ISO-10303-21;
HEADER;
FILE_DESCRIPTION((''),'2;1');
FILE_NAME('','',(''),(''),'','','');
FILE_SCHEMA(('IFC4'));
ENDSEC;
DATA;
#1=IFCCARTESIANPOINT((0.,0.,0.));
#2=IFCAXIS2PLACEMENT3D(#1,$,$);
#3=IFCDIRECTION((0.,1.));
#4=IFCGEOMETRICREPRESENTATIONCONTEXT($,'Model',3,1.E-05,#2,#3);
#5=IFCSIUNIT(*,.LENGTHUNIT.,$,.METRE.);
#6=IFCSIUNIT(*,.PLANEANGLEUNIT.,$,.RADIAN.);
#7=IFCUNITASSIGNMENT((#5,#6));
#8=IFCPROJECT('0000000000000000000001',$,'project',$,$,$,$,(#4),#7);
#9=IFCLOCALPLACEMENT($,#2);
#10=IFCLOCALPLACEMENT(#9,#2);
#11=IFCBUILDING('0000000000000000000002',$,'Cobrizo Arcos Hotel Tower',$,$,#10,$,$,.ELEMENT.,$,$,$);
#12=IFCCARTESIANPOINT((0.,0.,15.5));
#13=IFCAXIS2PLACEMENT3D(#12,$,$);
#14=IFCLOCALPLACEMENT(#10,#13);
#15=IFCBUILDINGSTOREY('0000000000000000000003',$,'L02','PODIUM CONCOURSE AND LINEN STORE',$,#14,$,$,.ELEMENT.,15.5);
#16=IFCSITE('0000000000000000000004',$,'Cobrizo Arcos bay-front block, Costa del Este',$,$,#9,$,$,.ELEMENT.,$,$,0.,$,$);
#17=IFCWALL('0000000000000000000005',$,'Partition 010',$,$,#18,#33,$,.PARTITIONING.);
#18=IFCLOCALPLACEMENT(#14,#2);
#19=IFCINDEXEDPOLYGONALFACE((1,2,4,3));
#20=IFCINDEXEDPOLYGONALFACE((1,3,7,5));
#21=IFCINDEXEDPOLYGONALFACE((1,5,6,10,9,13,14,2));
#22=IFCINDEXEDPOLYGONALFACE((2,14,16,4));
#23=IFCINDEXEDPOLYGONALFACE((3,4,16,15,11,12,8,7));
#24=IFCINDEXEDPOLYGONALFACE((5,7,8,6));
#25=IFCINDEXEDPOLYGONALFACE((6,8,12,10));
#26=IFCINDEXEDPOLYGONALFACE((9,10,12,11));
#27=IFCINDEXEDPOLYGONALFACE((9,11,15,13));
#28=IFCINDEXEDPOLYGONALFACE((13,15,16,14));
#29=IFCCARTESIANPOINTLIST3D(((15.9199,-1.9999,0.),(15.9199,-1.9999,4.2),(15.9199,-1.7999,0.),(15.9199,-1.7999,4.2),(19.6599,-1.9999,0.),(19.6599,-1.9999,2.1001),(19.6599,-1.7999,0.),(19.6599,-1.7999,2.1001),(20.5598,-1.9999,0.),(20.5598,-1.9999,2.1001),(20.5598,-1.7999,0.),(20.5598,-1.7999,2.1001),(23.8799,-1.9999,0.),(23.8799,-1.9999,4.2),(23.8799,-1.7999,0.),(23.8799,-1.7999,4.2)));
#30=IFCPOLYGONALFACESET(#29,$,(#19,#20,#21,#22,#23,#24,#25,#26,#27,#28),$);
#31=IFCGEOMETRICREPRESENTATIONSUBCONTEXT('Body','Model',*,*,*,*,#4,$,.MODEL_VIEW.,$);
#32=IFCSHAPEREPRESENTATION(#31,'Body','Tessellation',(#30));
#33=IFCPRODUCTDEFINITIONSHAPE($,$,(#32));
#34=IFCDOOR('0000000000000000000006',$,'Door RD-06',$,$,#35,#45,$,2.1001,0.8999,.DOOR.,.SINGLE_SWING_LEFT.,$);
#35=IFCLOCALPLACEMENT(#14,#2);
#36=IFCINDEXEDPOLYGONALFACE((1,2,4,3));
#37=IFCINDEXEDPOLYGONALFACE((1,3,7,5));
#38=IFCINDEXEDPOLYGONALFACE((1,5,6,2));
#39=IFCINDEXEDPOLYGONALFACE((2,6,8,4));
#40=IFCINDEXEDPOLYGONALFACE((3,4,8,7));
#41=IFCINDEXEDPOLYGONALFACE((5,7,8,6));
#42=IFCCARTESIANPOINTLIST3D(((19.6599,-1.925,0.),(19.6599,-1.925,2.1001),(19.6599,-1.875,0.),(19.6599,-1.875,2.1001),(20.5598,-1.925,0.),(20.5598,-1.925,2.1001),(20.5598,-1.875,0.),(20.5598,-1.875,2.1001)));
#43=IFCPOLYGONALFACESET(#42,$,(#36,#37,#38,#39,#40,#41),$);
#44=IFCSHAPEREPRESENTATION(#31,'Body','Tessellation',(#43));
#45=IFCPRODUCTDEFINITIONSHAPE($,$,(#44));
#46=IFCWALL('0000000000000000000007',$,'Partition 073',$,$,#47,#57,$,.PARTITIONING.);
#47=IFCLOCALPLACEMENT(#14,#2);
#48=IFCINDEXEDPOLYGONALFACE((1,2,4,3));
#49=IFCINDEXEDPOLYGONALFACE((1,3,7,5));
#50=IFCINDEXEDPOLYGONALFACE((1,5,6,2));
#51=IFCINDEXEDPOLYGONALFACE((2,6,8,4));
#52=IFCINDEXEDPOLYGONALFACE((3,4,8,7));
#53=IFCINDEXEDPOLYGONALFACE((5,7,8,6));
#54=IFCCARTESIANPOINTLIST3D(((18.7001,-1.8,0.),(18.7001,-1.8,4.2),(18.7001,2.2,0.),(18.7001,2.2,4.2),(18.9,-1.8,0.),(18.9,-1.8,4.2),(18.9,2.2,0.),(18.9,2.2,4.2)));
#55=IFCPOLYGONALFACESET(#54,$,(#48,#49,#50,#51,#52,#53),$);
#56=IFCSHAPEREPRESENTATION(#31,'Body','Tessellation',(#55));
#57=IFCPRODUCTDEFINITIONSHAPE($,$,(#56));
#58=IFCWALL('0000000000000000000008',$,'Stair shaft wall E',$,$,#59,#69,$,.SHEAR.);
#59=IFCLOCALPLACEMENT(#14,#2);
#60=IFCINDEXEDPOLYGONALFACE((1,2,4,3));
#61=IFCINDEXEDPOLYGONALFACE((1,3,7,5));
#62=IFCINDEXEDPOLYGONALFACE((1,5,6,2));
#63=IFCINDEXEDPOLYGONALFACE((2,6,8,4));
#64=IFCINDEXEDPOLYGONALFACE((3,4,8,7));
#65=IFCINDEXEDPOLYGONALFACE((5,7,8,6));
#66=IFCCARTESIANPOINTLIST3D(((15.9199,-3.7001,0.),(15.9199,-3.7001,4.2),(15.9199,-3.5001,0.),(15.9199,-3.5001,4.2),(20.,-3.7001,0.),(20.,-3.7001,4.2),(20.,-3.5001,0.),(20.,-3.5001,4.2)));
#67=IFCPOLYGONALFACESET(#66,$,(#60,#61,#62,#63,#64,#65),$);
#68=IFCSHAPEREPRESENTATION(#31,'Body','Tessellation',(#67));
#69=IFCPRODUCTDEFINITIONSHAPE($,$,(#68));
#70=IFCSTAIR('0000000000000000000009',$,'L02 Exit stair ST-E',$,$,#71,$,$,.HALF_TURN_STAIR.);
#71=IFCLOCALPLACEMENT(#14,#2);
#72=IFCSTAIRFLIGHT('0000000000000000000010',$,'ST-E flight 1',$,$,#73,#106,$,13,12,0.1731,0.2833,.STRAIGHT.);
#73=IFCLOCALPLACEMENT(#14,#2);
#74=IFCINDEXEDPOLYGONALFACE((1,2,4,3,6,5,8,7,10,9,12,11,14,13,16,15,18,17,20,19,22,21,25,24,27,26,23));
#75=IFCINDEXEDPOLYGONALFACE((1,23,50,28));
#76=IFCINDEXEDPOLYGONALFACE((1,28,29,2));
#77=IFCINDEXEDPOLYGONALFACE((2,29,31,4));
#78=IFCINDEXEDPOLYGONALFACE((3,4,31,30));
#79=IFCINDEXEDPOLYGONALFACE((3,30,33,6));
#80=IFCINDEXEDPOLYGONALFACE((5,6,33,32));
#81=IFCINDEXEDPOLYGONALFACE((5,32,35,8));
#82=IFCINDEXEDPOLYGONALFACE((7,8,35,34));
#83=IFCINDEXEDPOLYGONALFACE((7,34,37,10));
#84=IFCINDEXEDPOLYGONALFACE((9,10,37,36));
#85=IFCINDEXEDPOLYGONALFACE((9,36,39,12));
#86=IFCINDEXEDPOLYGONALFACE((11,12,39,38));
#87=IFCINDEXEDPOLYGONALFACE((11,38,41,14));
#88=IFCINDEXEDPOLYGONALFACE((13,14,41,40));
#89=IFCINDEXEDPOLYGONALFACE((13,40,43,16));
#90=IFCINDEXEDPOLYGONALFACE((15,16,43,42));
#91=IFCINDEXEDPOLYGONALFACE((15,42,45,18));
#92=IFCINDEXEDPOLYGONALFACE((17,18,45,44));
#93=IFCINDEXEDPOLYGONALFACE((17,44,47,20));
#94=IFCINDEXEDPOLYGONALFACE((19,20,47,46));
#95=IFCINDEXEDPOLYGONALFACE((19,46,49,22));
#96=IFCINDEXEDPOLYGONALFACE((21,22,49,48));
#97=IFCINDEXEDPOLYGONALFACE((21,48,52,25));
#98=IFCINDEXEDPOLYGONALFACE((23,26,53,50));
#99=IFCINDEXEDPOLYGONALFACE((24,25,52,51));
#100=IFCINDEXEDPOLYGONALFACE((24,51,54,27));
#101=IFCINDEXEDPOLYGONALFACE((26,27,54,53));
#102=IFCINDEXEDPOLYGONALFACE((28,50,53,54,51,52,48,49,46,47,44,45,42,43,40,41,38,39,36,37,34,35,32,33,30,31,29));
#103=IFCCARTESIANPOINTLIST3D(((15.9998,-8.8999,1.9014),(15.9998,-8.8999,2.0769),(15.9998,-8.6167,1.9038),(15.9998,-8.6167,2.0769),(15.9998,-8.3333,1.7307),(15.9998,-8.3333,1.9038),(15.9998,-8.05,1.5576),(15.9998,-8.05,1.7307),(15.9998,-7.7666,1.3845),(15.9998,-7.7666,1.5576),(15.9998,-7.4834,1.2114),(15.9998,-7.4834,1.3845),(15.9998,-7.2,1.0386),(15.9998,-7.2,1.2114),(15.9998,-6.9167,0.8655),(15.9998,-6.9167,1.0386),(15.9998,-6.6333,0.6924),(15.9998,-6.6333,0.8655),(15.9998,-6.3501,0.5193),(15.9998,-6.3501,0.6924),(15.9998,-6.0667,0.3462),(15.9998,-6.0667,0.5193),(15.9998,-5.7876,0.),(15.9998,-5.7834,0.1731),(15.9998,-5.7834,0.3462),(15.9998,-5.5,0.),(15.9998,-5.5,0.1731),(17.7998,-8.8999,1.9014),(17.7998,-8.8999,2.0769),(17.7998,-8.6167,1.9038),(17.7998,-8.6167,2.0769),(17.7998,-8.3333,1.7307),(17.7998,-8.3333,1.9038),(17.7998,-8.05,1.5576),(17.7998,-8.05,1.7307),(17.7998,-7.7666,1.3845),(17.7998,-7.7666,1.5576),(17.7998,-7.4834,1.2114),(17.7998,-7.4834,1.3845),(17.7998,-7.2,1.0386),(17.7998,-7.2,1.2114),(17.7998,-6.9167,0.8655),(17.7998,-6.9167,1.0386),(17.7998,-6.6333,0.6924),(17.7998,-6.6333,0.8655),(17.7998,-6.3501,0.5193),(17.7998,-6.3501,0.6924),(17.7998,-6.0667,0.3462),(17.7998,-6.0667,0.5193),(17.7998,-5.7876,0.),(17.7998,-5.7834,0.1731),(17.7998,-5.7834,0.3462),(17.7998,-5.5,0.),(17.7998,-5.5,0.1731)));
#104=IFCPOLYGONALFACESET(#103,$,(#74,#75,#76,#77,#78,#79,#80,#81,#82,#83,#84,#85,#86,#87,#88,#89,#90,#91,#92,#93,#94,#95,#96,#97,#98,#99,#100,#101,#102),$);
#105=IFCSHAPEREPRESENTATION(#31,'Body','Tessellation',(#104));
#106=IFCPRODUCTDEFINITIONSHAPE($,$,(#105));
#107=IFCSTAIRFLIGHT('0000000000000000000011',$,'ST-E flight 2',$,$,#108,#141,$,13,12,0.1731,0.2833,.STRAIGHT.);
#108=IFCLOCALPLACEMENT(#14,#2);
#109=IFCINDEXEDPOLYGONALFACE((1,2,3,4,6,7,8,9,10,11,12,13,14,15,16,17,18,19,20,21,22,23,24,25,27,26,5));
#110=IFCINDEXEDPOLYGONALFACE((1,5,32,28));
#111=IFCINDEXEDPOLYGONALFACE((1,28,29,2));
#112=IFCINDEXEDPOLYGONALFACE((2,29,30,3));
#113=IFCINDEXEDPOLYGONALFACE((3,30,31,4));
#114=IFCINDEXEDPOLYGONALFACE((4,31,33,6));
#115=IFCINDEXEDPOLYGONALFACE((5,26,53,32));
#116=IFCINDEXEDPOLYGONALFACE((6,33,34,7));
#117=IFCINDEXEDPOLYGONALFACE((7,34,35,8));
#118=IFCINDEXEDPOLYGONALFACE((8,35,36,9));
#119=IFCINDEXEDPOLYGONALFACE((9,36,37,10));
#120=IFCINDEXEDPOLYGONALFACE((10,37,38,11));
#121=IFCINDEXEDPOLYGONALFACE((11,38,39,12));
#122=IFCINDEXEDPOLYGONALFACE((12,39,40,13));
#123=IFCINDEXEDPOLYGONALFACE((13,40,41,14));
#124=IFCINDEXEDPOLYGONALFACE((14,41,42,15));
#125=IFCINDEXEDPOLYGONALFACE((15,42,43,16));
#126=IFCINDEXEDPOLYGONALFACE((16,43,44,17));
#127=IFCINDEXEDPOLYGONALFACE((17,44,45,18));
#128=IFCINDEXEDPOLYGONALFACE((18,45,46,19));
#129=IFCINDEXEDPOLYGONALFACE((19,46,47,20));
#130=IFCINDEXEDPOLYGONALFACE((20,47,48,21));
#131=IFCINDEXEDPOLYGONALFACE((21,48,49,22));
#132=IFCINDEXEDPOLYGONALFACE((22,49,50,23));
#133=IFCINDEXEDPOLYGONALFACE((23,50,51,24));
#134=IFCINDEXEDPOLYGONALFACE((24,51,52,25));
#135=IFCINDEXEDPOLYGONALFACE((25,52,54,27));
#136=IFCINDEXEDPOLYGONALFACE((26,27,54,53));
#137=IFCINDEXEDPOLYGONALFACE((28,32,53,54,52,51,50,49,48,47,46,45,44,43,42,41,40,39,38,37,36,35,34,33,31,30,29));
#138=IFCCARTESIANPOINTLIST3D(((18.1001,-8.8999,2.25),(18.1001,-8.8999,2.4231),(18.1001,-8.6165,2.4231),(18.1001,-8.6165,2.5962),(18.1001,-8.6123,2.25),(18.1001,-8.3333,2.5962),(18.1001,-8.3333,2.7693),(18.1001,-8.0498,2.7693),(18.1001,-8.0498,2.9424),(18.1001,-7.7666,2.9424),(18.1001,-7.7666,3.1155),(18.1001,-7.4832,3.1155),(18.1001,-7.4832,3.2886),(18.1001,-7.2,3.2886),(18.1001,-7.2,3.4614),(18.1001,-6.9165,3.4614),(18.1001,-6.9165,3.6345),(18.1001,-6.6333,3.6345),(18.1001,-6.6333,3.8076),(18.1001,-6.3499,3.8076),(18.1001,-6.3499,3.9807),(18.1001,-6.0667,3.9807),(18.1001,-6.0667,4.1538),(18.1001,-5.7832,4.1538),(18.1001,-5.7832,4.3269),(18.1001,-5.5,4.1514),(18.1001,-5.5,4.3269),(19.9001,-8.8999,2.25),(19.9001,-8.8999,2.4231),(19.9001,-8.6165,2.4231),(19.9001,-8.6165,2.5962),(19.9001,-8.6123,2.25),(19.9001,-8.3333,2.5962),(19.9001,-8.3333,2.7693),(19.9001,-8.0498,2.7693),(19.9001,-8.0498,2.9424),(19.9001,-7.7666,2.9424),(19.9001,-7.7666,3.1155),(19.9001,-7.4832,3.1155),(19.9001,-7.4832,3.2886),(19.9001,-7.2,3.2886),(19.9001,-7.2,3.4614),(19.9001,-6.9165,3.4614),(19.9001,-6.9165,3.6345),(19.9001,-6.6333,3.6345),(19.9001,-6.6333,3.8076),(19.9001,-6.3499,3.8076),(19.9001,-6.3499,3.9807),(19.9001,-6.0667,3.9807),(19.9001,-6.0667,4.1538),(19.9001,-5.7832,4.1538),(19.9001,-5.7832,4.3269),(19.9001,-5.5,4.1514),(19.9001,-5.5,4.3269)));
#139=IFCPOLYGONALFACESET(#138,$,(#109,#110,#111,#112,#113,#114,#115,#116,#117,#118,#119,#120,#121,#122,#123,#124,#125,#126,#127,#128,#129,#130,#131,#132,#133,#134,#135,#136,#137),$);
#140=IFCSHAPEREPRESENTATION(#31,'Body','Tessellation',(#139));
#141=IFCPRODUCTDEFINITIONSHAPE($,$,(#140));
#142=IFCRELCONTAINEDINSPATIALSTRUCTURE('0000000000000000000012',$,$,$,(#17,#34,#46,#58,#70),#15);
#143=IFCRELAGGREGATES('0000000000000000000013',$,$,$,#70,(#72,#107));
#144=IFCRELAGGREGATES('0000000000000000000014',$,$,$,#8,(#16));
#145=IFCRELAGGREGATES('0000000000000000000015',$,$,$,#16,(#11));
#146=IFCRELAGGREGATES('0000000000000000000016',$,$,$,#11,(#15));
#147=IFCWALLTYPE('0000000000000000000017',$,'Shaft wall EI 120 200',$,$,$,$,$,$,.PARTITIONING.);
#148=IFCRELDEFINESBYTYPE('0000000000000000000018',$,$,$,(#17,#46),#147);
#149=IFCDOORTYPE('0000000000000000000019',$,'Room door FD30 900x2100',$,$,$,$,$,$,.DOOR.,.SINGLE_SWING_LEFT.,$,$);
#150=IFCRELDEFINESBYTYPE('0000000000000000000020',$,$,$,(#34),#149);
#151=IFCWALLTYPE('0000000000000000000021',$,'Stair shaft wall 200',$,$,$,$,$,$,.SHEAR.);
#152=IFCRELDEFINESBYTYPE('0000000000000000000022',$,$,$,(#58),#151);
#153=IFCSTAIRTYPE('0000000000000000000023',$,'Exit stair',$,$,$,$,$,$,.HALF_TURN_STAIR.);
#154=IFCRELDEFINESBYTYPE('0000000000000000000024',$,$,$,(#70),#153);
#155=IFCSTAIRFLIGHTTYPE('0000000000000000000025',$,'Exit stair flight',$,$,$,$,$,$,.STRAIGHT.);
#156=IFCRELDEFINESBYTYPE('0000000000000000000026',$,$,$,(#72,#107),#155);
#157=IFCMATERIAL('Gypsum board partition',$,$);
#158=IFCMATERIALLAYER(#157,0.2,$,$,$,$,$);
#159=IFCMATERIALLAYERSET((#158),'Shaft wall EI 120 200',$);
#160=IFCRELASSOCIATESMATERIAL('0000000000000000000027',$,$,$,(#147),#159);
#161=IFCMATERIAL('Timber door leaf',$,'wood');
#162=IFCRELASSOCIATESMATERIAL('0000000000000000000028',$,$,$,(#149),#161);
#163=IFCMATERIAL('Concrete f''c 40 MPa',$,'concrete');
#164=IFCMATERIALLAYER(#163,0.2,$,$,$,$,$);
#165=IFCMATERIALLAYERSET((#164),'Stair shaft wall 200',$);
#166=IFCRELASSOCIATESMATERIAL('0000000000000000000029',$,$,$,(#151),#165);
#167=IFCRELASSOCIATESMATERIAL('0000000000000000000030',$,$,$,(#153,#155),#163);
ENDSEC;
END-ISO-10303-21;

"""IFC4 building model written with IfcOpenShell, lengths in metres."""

from ifc_helpers import new_model, si_unit, direction, frame, frame_2d, origin, place, context, subcontext, project, spatial, polyline, rectangle, outline, extrude, material, layer, layer_set, type_object, element, fill, aggregate, save


model = new_model("IFC4")

# Units and contexts
model_context = context("Model", 3, precision=1e-05, world=origin(), true_north=direction((0.0, 1.0)))
body_context = subcontext(model_context, "Body", "Model", "MODEL_VIEW")
ifc_project = project(units=[si_unit("LENGTHUNIT", "METRE"), si_unit("PLANEANGLEUNIT", "RADIAN")], contexts=[model_context])

# Site, building, storey
site_placement = place(None, origin())
site = spatial("IfcSite", under=ifc_project, at=site_placement, Name="Cobrizo Arcos bay-front block, Costa del Este", CompositionType="ELEMENT", RefElevation=0.0)
building_placement = place(site_placement, origin())
building = spatial("IfcBuilding", under=site, at=building_placement, Name="Cobrizo Arcos Hotel Tower", CompositionType="ELEMENT")
storey_placement = place(building_placement, frame((0.0, 0.0, 15.5)))
storey = spatial("IfcBuildingStorey", under=building, at=storey_placement, Name="L02", Description="PODIUM CONCOURSE AND LINEN STORE", CompositionType="ELEMENT", Elevation=15.5)

# Wall, opening, door
ifc_material_1 = material(Name="Gypsum board partition")
ifc_layer_1 = layer(ifc_material_1, 0.2)
ifc_layer_set_1 = layer_set([ifc_layer_1], Name="Shaft wall EI 120 200")
wall_type_1 = type_object("IfcWallType", Name="Shaft wall EI 120 200", PredefinedType="PARTITIONING", material=ifc_layer_set_1)
wall_1_placement = place(storey_placement, frame((15.9199, -1.8999, 0.0), z_axis=(0.0, 0.0, 1.0), x_axis=(1.0, 0.0, 0.0)))
wall_1 = element("IfcWall", 1, at=wall_1_placement, inside=storey, type_object=wall_type_1, Name="Partition 010", PredefinedType="PARTITIONING", context=body_context, shape_type="SweptSolid", body=[
    extrude(rectangle(XDim=7.96, YDim=0.2, at=frame_2d((3.98, 0.0))), origin(), (0.0, 0.0, 1.0), 4.2),
])
opening_1_placement = place(wall_1_placement, frame((3.74, 0.0, 0.0)))
opening_1 = element("IfcOpeningElement", 2, at=opening_1_placement, cuts=wall_1, PredefinedType="OPENING", context=body_context, shape_type="SweptSolid", body=[
    extrude(rectangle(XDim=0.8999, YDim=2.1001, at=frame_2d((0.45, 1.05))), frame((0.0, 0.1121, 0.0), z_axis=(0.0, -1.0, 0.0), x_axis=(1.0, 0.0, 0.0)), (0.0, 0.0, 1.0), 0.2239),
])
ifc_material_2 = material(Name="Timber door leaf", Category="wood")
door_type_1 = type_object("IfcDoorType", Name="Room door FD30 900x2100", OperationType="SINGLE_SWING_LEFT", PredefinedType="DOOR", material=ifc_material_2)
door_1_placement = place(opening_1_placement, origin())
door_1 = element("IfcDoor", 3, at=door_1_placement, inside=storey, type_object=door_type_1, Name="Door RD-06", OperationType="SINGLE_SWING_LEFT", OverallHeight=2.1001, OverallWidth=0.8999, PredefinedType="DOOR", context=body_context, shape_type="SweptSolid", body=[
    extrude(rectangle(XDim=0.8999, YDim=2.1001, at=frame_2d((0.45, 1.05))), frame((0.0, 0.0249, 0.0), z_axis=(0.0, -1.0, 0.0), x_axis=(1.0, 0.0, 0.0)), (0.0, 0.0, 1.0), 0.05),
])
fill(opening_1, door_1)

# Walls
wall_2_placement = place(storey_placement, frame((18.8, -1.8, 0.0), z_axis=(0.0, 0.0, 1.0), x_axis=(0.0, 1.0, 0.0)))
element("IfcWall", 4, at=wall_2_placement, inside=storey, type_object=wall_type_1, Name="Partition 073", PredefinedType="PARTITIONING", context=body_context, shape_type="SweptSolid", body=[
    extrude(rectangle(XDim=4.0, YDim=0.2, at=frame_2d((2.0, 0.0))), origin(), (0.0, 0.0, 1.0), 4.2),
])
ifc_material_3 = material(Name="Concrete f'c 40 MPa", Category="concrete")
ifc_layer_2 = layer(ifc_material_3, 0.2)
ifc_layer_set_2 = layer_set([ifc_layer_2], Name="Stair shaft wall 200")
wall_type_2 = type_object("IfcWallType", Name="Stair shaft wall 200", PredefinedType="SHEAR", material=ifc_layer_set_2)
wall_3_placement = place(storey_placement, frame((15.9199, -3.6001, 0.0), z_axis=(0.0, 0.0, 1.0), x_axis=(1.0, 0.0, 0.0)))
element("IfcWall", 5, at=wall_3_placement, inside=storey, type_object=wall_type_2, Name="Stair shaft wall E", PredefinedType="SHEAR", context=body_context, shape_type="SweptSolid", body=[
    extrude(rectangle(XDim=4.0801, YDim=0.2, at=frame_2d((2.04, 0.0))), origin(), (0.0, 0.0, 1.0), 4.2),
])

# Stair, stair flights
stair_type = type_object("IfcStairType", Name="Exit stair", PredefinedType="HALF_TURN_STAIR", material=ifc_material_3)
stair_placement = place(storey_placement, origin())
stair = element("IfcStair", 6, at=stair_placement, inside=storey, type_object=stair_type, Name="L02 Exit stair ST-E", PredefinedType="HALF_TURN_STAIR")
stair_flight_type = type_object("IfcStairFlightType", Name="Exit stair flight", PredefinedType="STRAIGHT", material=ifc_material_3)
stair_flight_1_placement = place(storey_placement, frame((16.8999, -5.5, 0.0), z_axis=(0.0, 0.0, 1.0), x_axis=(0.0, -1.0, 0.0)))
stair_flight_1 = element("IfcStairFlight", 7, at=stair_flight_1_placement, type_object=stair_flight_type, Name="ST-E flight 1", NumberOfRisers=13, NumberOfTreads=12, PredefinedType="STRAIGHT", RiserHeight=0.1731, TreadLength=0.2833, context=body_context, shape_type="SweptSolid", body=[
    extrude(outline(polyline([(0.0, 0.0), (0.0, 0.1731), (0.2834, 0.1731), (0.2834, 0.3462), (0.5667, 0.3462), (0.5667, 0.5193), (0.8501, 0.5193), (0.8501, 0.6924), (1.1333, 0.6924), (1.1333, 0.8655), (1.4167, 0.8655), (1.4167, 1.0386), (1.7, 1.0386), (1.7, 1.2114), (1.9834, 1.2114), (1.9834, 1.3845), (2.2666, 1.3845), (2.2666, 1.5576), (2.55, 1.5576), (2.55, 1.7307), (2.8333, 1.7307), (2.8333, 1.9038), (3.1167, 1.9038), (3.1167, 2.0769), (3.3999, 2.0769), (3.3999, 2.25), (3.3999, 1.9014), (0.2876, 0.0), (0.0, 0.0)])), frame((0.0, 0.8999, 0.0), z_axis=(0.0, -1.0, 0.0), x_axis=(1.0, 0.0, 0.0)), (0.0, 0.0, 1.0), 1.8),
])
stair_flight_2_placement = place(storey_placement, frame((19.0, -8.8999, 2.25), z_axis=(0.0, 0.0, 1.0), x_axis=(0.0, 1.0, 0.0)))
stair_flight_2 = element("IfcStairFlight", 8, at=stair_flight_2_placement, type_object=stair_flight_type, Name="ST-E flight 2", NumberOfRisers=13, NumberOfTreads=12, PredefinedType="STRAIGHT", RiserHeight=0.1731, TreadLength=0.2833, context=body_context, shape_type="SweptSolid", body=[
    extrude(outline(polyline([(0.0, 0.0), (0.0, 0.1731), (0.2834, 0.1731), (0.2834, 0.3462), (0.5667, 0.3462), (0.5667, 0.5193), (0.8501, 0.5193), (0.8501, 0.6924), (1.1333, 0.6924), (1.1333, 0.8655), (1.4167, 0.8655), (1.4167, 1.0386), (1.7, 1.0386), (1.7, 1.2114), (1.9834, 1.2114), (1.9834, 1.3845), (2.2666, 1.3845), (2.2666, 1.5576), (2.55, 1.5576), (2.55, 1.7307), (2.8333, 1.7307), (2.8333, 1.9038), (3.1167, 1.9038), (3.1167, 2.0769), (3.3999, 2.0769), (3.3999, 2.25), (3.3999, 1.9014), (0.2876, 0.0), (0.0, 0.0)])), frame((0.0, 0.8999, 0.0), z_axis=(0.0, -1.0, 0.0), x_axis=(1.0, 0.0, 0.0)), (0.0, 0.0, 1.0), 1.8),
])
aggregate(stair, [stair_flight_1, stair_flight_2])

save(model, "model.ifc")
